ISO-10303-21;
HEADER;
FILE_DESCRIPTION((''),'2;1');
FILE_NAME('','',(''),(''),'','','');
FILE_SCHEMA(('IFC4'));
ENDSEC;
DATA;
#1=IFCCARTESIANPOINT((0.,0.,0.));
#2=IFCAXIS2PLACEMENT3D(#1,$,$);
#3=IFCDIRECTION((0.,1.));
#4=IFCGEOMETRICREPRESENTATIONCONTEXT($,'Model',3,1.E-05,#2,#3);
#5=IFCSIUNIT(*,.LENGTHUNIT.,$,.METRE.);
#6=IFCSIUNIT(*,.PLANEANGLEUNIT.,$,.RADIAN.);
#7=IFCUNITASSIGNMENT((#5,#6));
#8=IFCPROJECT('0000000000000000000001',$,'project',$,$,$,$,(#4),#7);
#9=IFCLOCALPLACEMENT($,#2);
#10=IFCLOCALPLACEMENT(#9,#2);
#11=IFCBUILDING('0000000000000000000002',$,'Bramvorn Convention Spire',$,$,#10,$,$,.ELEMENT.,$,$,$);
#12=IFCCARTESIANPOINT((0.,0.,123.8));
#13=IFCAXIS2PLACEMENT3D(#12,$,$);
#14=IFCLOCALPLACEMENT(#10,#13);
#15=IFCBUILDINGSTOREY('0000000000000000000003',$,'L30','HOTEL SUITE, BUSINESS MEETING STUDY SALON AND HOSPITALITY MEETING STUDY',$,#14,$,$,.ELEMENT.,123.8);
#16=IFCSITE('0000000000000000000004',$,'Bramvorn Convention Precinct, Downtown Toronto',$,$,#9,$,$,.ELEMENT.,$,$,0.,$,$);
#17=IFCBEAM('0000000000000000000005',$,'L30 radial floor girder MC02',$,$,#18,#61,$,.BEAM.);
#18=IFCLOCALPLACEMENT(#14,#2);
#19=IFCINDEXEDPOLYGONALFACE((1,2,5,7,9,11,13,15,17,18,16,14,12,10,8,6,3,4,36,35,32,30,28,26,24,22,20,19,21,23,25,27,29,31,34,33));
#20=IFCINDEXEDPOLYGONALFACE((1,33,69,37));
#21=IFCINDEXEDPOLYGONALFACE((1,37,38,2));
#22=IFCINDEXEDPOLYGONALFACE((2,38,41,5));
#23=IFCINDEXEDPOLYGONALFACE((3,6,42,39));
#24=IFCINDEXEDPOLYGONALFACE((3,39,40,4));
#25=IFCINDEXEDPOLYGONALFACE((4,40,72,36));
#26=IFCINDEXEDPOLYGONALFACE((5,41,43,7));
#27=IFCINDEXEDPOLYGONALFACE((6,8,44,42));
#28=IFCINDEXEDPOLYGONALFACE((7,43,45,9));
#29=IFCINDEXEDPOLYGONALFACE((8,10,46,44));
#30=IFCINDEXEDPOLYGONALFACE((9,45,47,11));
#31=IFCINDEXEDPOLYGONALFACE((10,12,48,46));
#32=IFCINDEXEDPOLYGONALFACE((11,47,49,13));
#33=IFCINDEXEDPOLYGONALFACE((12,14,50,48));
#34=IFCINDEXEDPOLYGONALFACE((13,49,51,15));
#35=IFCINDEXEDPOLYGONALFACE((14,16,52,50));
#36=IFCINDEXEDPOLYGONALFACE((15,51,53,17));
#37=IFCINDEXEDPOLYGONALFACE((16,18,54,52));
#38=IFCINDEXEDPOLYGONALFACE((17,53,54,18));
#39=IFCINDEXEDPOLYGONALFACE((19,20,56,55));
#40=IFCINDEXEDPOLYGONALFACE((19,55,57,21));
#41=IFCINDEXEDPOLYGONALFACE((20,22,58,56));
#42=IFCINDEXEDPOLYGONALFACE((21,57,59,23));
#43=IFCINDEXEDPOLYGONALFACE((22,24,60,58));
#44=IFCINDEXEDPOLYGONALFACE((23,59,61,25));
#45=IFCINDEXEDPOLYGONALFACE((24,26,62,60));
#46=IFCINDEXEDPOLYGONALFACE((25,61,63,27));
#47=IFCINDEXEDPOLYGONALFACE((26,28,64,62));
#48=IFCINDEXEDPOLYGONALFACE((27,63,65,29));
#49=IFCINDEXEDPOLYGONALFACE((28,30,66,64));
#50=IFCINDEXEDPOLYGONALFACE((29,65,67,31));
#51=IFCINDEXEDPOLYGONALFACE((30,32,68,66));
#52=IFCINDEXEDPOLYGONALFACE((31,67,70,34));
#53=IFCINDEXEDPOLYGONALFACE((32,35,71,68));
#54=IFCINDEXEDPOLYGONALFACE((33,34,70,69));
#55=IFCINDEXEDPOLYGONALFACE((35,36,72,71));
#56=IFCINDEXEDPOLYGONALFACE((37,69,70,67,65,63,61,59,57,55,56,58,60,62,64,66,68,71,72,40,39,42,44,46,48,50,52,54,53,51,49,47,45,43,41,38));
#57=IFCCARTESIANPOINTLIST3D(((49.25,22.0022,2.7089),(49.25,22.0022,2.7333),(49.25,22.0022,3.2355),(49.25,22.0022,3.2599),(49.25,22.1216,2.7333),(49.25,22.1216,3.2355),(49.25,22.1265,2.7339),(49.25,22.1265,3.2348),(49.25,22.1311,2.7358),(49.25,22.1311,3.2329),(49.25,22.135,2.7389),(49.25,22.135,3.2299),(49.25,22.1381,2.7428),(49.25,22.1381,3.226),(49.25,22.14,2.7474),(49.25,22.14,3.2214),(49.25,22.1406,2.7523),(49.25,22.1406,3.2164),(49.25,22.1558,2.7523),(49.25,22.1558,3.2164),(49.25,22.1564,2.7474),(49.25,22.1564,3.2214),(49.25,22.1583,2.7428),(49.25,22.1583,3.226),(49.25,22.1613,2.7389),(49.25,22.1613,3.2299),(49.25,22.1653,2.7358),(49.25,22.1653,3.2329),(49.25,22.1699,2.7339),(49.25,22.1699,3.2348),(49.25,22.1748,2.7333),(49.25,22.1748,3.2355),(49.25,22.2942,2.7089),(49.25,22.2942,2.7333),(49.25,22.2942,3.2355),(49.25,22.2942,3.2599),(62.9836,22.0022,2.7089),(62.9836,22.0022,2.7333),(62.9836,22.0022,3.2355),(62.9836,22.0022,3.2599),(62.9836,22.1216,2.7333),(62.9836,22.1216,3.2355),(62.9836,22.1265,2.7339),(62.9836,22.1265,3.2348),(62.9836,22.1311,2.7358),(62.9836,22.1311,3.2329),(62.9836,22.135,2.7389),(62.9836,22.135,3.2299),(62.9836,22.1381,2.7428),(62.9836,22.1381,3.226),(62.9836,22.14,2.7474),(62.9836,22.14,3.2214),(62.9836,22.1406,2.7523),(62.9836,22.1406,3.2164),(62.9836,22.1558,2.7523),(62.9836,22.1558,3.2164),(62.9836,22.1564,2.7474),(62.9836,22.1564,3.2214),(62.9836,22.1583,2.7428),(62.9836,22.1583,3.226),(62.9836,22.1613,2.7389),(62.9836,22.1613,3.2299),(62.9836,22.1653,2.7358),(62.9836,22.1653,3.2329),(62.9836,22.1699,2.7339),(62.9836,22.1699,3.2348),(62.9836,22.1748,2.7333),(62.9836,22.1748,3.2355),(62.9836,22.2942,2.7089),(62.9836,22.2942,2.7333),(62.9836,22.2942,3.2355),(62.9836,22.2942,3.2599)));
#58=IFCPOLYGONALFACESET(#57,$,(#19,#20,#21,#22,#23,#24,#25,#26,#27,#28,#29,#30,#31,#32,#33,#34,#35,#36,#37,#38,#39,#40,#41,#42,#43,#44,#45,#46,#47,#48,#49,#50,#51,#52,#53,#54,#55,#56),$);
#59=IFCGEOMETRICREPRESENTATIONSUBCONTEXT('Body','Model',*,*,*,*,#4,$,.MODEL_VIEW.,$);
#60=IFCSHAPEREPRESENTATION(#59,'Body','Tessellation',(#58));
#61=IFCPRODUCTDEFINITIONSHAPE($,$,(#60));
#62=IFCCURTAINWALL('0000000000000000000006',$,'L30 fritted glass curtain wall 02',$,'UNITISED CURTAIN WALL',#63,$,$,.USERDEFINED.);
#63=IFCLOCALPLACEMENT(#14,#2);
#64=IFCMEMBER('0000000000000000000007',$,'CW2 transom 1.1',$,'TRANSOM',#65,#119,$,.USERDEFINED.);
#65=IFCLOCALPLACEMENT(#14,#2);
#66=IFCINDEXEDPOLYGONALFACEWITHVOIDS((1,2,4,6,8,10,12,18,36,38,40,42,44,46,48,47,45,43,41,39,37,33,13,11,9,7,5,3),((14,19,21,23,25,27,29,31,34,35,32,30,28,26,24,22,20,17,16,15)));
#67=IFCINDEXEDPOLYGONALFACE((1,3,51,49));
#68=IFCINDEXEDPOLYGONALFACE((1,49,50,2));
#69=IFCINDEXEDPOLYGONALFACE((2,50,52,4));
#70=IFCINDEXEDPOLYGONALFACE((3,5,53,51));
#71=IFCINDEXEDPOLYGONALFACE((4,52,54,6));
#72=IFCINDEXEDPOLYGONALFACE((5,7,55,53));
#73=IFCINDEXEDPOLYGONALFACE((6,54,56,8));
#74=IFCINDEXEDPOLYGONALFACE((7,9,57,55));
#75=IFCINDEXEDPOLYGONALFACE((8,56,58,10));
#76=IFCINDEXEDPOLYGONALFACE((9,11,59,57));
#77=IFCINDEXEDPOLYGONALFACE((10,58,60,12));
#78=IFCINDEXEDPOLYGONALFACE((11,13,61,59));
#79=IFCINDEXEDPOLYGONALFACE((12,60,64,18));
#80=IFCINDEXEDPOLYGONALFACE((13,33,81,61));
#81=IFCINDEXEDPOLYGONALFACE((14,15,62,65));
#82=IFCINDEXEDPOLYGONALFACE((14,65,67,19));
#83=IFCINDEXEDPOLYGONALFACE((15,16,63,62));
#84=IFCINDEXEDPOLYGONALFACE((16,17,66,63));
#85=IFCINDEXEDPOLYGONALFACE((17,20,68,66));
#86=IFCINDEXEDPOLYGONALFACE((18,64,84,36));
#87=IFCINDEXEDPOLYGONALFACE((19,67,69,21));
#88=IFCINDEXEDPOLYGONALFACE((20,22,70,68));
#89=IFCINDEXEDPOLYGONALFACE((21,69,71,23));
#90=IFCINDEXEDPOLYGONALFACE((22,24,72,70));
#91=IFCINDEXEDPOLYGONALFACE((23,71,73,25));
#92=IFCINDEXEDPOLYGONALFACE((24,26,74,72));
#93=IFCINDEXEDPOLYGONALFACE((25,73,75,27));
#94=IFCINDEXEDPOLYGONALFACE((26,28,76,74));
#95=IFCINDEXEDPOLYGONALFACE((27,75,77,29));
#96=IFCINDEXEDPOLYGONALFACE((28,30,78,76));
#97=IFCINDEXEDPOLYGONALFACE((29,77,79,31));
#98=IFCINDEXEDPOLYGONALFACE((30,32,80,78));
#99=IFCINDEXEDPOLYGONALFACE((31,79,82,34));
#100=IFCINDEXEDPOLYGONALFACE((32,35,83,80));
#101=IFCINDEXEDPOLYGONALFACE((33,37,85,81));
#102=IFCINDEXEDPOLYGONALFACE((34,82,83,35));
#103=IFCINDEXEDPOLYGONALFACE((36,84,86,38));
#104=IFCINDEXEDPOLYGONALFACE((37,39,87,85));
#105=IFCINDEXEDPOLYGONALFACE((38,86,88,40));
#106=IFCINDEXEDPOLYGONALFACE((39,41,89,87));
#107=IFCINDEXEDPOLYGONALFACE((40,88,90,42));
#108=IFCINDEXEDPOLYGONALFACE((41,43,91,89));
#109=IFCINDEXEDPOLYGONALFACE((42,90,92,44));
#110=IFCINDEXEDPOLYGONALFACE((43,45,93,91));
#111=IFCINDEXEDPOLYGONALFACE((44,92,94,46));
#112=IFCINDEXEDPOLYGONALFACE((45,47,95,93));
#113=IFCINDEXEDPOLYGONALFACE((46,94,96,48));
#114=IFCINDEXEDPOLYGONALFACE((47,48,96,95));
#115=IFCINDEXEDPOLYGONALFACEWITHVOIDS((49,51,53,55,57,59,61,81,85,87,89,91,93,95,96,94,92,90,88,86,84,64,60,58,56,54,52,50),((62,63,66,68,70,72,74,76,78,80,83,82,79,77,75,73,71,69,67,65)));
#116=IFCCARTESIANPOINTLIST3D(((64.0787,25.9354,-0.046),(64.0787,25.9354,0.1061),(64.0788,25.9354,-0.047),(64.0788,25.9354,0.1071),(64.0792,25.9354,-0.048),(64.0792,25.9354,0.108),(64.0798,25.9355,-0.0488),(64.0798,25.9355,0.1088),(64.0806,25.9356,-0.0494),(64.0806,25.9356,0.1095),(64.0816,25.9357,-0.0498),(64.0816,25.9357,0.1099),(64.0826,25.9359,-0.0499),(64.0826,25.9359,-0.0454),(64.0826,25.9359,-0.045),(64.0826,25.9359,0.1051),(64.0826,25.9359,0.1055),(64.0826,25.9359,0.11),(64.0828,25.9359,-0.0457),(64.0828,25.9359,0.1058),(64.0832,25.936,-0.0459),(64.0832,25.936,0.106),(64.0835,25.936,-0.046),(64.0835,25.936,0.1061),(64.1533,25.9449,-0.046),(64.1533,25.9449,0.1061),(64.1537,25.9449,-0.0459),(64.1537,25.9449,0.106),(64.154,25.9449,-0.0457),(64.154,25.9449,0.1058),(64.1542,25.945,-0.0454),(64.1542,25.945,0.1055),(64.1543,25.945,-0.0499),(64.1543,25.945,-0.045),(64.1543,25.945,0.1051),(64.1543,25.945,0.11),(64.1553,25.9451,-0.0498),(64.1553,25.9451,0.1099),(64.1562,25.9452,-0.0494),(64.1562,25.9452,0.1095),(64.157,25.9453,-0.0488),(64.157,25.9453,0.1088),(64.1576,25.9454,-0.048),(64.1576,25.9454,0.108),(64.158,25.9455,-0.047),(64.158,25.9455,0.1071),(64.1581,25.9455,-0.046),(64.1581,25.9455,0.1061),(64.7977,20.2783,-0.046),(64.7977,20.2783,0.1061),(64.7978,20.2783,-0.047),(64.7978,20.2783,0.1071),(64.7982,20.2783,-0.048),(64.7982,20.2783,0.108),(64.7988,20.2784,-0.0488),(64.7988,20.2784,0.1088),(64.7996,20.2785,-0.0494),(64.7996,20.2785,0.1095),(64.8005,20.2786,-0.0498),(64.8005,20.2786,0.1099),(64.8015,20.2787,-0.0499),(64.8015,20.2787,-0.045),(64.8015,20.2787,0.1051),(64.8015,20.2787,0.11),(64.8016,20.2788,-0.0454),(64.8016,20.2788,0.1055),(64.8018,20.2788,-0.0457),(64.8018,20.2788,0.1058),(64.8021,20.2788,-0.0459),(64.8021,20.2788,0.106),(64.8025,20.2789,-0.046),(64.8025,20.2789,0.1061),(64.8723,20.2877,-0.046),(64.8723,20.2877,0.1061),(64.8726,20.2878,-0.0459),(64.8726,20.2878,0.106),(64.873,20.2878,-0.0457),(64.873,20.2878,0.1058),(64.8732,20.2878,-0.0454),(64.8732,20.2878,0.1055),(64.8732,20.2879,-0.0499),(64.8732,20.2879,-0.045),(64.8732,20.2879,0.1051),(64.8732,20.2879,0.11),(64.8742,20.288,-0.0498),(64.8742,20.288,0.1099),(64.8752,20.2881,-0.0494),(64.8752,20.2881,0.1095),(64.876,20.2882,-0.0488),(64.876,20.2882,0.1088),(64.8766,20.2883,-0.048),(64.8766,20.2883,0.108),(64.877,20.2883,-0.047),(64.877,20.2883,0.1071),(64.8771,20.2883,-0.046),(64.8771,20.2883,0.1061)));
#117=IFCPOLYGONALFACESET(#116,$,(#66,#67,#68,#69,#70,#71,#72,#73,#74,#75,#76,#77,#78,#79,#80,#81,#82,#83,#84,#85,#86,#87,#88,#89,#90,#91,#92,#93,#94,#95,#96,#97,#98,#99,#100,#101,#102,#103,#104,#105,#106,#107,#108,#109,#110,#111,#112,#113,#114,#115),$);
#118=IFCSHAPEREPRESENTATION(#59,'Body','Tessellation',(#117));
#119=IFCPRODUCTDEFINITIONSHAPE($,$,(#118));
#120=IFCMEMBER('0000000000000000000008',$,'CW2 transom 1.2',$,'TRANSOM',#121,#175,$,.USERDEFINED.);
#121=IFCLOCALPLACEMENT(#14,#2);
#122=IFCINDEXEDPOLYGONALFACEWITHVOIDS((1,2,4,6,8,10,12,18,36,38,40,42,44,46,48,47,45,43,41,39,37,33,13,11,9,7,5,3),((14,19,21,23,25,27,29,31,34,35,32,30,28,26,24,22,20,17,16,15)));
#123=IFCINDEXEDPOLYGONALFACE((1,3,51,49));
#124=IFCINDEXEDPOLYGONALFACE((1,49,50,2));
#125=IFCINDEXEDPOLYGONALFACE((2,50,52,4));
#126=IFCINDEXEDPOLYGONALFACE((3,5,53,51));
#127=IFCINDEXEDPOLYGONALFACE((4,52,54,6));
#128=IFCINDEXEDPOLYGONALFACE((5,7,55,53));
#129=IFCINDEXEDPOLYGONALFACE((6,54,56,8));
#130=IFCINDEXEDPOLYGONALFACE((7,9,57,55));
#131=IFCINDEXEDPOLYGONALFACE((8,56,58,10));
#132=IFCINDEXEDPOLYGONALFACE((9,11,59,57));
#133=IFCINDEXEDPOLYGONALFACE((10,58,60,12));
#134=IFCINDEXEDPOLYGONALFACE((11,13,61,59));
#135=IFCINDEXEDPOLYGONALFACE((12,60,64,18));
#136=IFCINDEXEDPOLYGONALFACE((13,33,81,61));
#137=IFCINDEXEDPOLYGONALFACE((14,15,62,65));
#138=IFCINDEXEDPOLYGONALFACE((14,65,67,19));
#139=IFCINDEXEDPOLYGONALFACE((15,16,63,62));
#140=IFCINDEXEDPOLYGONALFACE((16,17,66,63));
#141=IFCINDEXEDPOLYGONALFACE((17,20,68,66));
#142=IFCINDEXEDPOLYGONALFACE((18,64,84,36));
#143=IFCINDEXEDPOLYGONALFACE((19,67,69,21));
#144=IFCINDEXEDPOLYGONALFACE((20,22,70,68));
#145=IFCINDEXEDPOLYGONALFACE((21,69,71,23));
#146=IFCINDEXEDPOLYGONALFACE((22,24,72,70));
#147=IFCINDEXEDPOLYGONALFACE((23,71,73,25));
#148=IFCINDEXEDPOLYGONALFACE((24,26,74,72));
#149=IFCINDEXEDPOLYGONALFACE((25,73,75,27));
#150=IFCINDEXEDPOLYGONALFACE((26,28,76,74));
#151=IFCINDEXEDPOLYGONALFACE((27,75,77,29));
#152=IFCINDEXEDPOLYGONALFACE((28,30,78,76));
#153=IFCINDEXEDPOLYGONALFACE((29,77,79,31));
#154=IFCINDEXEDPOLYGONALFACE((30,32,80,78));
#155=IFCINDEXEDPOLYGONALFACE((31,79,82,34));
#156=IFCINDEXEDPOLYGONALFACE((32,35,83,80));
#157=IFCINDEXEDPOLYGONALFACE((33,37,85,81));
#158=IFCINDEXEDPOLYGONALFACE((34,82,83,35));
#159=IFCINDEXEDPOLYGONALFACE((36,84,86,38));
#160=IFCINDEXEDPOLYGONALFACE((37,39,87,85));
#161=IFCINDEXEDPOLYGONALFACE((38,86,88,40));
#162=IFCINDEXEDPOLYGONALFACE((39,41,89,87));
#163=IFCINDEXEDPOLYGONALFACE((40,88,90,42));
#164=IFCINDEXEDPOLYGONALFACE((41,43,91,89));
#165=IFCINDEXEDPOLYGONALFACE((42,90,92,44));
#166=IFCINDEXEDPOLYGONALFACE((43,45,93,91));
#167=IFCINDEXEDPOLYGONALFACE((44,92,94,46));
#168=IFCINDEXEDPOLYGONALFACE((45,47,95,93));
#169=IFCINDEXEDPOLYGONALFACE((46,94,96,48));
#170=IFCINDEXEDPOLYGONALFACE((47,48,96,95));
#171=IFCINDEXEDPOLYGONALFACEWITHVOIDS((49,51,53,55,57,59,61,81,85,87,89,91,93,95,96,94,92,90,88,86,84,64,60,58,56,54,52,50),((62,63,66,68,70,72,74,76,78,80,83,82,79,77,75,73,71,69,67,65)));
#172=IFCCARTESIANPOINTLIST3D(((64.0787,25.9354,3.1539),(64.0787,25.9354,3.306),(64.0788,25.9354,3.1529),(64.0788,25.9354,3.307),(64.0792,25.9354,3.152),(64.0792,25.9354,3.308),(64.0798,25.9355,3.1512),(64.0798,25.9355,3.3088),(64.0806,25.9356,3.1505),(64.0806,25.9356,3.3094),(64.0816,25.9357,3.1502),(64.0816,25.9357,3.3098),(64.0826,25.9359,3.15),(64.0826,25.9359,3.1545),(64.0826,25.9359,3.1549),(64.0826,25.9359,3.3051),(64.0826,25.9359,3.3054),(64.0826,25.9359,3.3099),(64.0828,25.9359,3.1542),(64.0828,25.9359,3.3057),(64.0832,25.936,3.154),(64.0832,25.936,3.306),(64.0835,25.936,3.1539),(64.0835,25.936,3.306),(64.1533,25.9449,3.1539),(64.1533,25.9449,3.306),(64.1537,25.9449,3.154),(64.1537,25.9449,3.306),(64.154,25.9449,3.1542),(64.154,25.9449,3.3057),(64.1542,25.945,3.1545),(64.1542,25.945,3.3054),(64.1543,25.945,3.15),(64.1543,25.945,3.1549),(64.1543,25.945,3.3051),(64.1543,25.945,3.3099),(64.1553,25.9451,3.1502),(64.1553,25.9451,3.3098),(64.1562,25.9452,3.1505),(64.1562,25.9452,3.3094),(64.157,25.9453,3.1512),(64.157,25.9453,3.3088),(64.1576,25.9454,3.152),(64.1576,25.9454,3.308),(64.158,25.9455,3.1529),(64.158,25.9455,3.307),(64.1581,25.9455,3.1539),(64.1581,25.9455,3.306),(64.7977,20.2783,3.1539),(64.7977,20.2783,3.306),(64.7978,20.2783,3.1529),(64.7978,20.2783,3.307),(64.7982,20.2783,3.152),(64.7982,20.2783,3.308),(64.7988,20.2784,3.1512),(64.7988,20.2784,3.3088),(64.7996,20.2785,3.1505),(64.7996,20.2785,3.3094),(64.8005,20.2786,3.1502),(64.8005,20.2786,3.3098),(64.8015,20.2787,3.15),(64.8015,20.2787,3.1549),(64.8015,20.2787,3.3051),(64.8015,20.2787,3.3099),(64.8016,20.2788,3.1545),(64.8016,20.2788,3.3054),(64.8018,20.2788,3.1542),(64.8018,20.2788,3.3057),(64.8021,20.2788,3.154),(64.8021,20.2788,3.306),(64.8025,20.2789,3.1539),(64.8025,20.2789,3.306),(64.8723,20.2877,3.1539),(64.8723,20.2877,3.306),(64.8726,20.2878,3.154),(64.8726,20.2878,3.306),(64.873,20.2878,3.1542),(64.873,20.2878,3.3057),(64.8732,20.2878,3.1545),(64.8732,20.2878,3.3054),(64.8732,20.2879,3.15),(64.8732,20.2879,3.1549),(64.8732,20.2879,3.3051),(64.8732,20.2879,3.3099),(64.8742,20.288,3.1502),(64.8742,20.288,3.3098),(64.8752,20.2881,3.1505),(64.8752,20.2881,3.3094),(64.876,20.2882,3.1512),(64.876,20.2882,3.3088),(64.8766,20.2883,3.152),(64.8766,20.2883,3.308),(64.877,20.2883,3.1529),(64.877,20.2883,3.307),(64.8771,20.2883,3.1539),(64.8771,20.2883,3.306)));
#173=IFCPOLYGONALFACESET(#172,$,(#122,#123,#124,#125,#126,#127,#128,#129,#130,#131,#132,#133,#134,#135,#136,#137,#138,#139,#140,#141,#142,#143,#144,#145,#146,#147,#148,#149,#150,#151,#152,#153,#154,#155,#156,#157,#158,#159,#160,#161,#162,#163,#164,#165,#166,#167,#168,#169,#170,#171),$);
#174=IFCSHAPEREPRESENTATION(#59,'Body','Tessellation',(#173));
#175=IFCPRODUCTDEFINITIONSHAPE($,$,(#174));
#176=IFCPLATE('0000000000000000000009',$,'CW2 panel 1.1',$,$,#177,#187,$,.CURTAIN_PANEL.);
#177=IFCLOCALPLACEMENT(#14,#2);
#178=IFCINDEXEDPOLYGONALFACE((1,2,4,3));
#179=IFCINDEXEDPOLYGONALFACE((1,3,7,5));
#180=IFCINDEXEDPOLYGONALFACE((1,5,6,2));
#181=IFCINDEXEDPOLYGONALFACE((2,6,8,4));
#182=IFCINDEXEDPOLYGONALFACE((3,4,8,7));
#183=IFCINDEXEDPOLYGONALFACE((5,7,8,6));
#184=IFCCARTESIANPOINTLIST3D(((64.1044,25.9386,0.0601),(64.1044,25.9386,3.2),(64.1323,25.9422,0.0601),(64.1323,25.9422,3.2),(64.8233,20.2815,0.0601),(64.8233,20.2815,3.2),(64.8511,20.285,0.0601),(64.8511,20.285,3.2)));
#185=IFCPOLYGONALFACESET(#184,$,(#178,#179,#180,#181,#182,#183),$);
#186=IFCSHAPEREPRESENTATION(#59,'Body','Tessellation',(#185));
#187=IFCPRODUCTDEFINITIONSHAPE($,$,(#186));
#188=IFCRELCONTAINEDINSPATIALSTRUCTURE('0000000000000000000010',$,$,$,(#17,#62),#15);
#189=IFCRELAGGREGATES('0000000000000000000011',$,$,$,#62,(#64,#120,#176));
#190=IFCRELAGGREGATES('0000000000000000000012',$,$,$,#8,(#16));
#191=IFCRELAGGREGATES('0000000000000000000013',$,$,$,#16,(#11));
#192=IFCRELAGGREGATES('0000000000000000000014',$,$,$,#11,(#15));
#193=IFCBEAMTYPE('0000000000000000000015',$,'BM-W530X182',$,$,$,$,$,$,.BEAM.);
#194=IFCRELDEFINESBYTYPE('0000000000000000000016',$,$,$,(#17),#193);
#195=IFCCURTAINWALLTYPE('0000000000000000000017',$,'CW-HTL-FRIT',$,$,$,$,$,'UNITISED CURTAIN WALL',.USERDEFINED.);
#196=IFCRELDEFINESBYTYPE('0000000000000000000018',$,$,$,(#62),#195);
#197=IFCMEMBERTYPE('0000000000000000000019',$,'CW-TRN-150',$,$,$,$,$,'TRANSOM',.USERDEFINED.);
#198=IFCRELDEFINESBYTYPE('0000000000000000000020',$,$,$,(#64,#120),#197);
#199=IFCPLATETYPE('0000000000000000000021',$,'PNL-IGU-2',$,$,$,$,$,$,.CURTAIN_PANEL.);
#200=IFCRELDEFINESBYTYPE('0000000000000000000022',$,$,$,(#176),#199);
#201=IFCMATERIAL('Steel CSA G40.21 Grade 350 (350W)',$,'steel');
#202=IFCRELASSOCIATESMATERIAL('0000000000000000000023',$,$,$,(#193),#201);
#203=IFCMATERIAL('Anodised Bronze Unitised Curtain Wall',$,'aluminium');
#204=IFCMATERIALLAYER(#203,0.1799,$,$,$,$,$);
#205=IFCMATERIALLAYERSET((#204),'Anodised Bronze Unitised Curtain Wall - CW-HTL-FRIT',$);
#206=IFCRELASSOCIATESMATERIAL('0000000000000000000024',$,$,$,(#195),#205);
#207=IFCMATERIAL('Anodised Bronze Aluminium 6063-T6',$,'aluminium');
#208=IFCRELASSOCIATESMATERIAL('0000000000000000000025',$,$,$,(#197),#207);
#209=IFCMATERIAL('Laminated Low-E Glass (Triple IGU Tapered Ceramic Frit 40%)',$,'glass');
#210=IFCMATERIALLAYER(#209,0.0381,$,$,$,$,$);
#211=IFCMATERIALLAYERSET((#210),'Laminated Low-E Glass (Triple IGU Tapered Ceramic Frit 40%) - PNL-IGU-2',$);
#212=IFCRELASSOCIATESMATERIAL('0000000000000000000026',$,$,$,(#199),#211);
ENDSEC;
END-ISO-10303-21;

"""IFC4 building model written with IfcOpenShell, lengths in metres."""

from ifc_helpers import new_model, si_unit, direction, frame, origin, origin_2d, place, context, subcontext, project, spatial, rectangle, hollow_rectangle, i_section, extrude, material, layer, layer_set, material_profile, profile_set, type_object, element, aggregate, save


model = new_model("IFC4")

# Units and contexts
model_context = context("Model", 3, precision=1e-05, world=origin(), true_north=direction((0.0, 1.0)))
body_context = subcontext(model_context, "Body", "Model", "MODEL_VIEW")
ifc_project = project(units=[si_unit("LENGTHUNIT", "METRE"), si_unit("PLANEANGLEUNIT", "RADIAN")], contexts=[model_context])

# Site, building, storey
site_placement = place(None, origin())
site = spatial("IfcSite", under=ifc_project, at=site_placement, Name="Bramvorn Convention Precinct, Downtown Toronto", CompositionType="ELEMENT", RefElevation=0.0)
building_placement = place(site_placement, origin())
building = spatial("IfcBuilding", under=site, at=building_placement, Name="Bramvorn Convention Spire", CompositionType="ELEMENT")
storey_placement = place(building_placement, frame((0.0, 0.0, 123.8)))
storey = spatial("IfcBuildingStorey", under=building, at=storey_placement, Name="L30", Description="HOTEL SUITE, BUSINESS MEETING STUDY SALON AND HOSPITALITY MEETING STUDY", CompositionType="ELEMENT", Elevation=123.8)

# Shared definitions
ifc_material_1 = material(Name="Steel CSA G40.21 Grade 350 (350W)", Category="steel")

# Beam
ifc_material_profile_1 = material_profile(ifc_material_1, i_section(OverallWidth=0.292, OverallDepth=0.551, WebThickness=0.0151, FlangeThickness=0.0244, FilletRadius=0.019, at=origin_2d()))
ifc_profile_set_1 = profile_set([ifc_material_profile_1], Name="Steel CSA G40.21 Grade 350 (350W) - W530X182")
beam_type_1 = type_object("IfcBeamType", Name="BM-W530X182", PredefinedType="BEAM", material=ifc_profile_set_1)
beam_1_placement = place(storey_placement, frame((49.25, 22.1482, 2.9844), z_axis=(1.0, 0.0, 0.0), x_axis=(0.0, 1.0, 0.0)))
element("IfcBeam", 1, at=beam_1_placement, inside=storey, type_object=beam_type_1, Name="L30 radial floor girder MC02", PredefinedType="BEAM", context=body_context, shape_type="SweptSolid", body=[
    extrude(i_section(OverallWidth=0.292, OverallDepth=0.551, WebThickness=0.0151, FlangeThickness=0.0244, FilletRadius=0.019, at=origin_2d()), origin(), (0.0, 0.0, 1.0), 13.7336),
])

# Curtain wall, members, plate
ifc_material_2 = material(Name="Anodised Bronze Unitised Curtain Wall", Category="aluminium")
ifc_layer_1 = layer(ifc_material_2, 0.1799)
ifc_layer_set_1 = layer_set([ifc_layer_1], Name="Anodised Bronze Unitised Curtain Wall - CW-HTL-FRIT")
curtain_wall_type = type_object("IfcCurtainWallType", Name="CW-HTL-FRIT", ElementType="UNITISED CURTAIN WALL", PredefinedType="USERDEFINED", material=ifc_layer_set_1)
curtain_wall_placement = place(storey_placement, origin())
curtain_wall = element("IfcCurtainWall", 2, at=curtain_wall_placement, inside=storey, type_object=curtain_wall_type, Name="L30 fritted glass curtain wall 02", ObjectType="UNITISED CURTAIN WALL", PredefinedType="USERDEFINED")
ifc_material_3 = material(Name="Anodised Bronze Aluminium 6063-T6", Category="aluminium")
ifc_material_profile_2 = material_profile(ifc_material_3, hollow_rectangle(XDim=0.0801, YDim=0.1599, WallThickness=0.0039, InnerFilletRadius=0.001, OuterFilletRadius=0.0039, at=origin_2d()))
ifc_profile_set_2 = profile_set([ifc_material_profile_2], Name="Anodised Bronze Aluminium 6063-T6 - CWT80X160")
member_type = type_object("IfcMemberType", Name="CW-TRN-150", ElementType="TRANSOM", PredefinedType="USERDEFINED", material=ifc_profile_set_2)
member_1_placement = place(storey_placement, frame((64.1184, 25.9404, 0.03), z_axis=(0.126079, -0.99202, 0.0), x_axis=(0.99202, 0.126079, 0.0)))
member_1 = element("IfcMember", 3, at=member_1_placement, type_object=member_type, Name="CW2 transom 1.1", ObjectType="TRANSOM", PredefinedType="USERDEFINED", context=body_context, shape_type="SweptSolid", body=[
    extrude(hollow_rectangle(XDim=0.0801, YDim=0.1599, WallThickness=0.0039, InnerFilletRadius=0.001, OuterFilletRadius=0.0039, at=origin_2d()), origin(), (0.0, 0.0, 1.0), 5.7026),
])
member_2_placement = place(storey_placement, frame((64.1184, 25.9404, 3.23), z_axis=(0.126079, -0.99202, 0.0), x_axis=(0.99202, 0.126079, 0.0)))
member_2 = element("IfcMember", 4, at=member_2_placement, type_object=member_type, Name="CW2 transom 1.2", ObjectType="TRANSOM", PredefinedType="USERDEFINED", context=body_context, shape_type="SweptSolid", body=[
    extrude(hollow_rectangle(XDim=0.0801, YDim=0.1599, WallThickness=0.0039, InnerFilletRadius=0.001, OuterFilletRadius=0.0039, at=origin_2d()), origin(), (0.0, 0.0, 1.0), 5.7026),
])
ifc_material_4 = material(Name="Laminated Low-E Glass (Triple IGU Tapered Ceramic Frit 40%)", Category="glass")
ifc_layer_2 = layer(ifc_material_4, 0.0381)
ifc_layer_set_2 = layer_set([ifc_layer_2], Name="Laminated Low-E Glass (Triple IGU Tapered Ceramic Frit 40%) - PNL-IGU-2")
plate_type = type_object("IfcPlateType", Name="PNL-IGU-2", PredefinedType="CURTAIN_PANEL", material=ifc_layer_set_2)
plate_placement = place(storey_placement, frame((64.4778, 23.1118, 0.0601), z_axis=(0.0, 0.0, 1.0), x_axis=(0.126059, -0.992023, 0.0)))
plate = element("IfcPlate", 5, at=plate_placement, type_object=plate_type, Name="CW2 panel 1.1", PredefinedType="CURTAIN_PANEL", context=body_context, shape_type="SweptSolid", body=[
    extrude(rectangle(XDim=5.7026, YDim=0.0281, at=origin_2d()), origin(), (0.0, 0.0, 1.0), 3.1399),
])
aggregate(curtain_wall, [member_1, member_2, plate])

save(model, "model.ifc")
